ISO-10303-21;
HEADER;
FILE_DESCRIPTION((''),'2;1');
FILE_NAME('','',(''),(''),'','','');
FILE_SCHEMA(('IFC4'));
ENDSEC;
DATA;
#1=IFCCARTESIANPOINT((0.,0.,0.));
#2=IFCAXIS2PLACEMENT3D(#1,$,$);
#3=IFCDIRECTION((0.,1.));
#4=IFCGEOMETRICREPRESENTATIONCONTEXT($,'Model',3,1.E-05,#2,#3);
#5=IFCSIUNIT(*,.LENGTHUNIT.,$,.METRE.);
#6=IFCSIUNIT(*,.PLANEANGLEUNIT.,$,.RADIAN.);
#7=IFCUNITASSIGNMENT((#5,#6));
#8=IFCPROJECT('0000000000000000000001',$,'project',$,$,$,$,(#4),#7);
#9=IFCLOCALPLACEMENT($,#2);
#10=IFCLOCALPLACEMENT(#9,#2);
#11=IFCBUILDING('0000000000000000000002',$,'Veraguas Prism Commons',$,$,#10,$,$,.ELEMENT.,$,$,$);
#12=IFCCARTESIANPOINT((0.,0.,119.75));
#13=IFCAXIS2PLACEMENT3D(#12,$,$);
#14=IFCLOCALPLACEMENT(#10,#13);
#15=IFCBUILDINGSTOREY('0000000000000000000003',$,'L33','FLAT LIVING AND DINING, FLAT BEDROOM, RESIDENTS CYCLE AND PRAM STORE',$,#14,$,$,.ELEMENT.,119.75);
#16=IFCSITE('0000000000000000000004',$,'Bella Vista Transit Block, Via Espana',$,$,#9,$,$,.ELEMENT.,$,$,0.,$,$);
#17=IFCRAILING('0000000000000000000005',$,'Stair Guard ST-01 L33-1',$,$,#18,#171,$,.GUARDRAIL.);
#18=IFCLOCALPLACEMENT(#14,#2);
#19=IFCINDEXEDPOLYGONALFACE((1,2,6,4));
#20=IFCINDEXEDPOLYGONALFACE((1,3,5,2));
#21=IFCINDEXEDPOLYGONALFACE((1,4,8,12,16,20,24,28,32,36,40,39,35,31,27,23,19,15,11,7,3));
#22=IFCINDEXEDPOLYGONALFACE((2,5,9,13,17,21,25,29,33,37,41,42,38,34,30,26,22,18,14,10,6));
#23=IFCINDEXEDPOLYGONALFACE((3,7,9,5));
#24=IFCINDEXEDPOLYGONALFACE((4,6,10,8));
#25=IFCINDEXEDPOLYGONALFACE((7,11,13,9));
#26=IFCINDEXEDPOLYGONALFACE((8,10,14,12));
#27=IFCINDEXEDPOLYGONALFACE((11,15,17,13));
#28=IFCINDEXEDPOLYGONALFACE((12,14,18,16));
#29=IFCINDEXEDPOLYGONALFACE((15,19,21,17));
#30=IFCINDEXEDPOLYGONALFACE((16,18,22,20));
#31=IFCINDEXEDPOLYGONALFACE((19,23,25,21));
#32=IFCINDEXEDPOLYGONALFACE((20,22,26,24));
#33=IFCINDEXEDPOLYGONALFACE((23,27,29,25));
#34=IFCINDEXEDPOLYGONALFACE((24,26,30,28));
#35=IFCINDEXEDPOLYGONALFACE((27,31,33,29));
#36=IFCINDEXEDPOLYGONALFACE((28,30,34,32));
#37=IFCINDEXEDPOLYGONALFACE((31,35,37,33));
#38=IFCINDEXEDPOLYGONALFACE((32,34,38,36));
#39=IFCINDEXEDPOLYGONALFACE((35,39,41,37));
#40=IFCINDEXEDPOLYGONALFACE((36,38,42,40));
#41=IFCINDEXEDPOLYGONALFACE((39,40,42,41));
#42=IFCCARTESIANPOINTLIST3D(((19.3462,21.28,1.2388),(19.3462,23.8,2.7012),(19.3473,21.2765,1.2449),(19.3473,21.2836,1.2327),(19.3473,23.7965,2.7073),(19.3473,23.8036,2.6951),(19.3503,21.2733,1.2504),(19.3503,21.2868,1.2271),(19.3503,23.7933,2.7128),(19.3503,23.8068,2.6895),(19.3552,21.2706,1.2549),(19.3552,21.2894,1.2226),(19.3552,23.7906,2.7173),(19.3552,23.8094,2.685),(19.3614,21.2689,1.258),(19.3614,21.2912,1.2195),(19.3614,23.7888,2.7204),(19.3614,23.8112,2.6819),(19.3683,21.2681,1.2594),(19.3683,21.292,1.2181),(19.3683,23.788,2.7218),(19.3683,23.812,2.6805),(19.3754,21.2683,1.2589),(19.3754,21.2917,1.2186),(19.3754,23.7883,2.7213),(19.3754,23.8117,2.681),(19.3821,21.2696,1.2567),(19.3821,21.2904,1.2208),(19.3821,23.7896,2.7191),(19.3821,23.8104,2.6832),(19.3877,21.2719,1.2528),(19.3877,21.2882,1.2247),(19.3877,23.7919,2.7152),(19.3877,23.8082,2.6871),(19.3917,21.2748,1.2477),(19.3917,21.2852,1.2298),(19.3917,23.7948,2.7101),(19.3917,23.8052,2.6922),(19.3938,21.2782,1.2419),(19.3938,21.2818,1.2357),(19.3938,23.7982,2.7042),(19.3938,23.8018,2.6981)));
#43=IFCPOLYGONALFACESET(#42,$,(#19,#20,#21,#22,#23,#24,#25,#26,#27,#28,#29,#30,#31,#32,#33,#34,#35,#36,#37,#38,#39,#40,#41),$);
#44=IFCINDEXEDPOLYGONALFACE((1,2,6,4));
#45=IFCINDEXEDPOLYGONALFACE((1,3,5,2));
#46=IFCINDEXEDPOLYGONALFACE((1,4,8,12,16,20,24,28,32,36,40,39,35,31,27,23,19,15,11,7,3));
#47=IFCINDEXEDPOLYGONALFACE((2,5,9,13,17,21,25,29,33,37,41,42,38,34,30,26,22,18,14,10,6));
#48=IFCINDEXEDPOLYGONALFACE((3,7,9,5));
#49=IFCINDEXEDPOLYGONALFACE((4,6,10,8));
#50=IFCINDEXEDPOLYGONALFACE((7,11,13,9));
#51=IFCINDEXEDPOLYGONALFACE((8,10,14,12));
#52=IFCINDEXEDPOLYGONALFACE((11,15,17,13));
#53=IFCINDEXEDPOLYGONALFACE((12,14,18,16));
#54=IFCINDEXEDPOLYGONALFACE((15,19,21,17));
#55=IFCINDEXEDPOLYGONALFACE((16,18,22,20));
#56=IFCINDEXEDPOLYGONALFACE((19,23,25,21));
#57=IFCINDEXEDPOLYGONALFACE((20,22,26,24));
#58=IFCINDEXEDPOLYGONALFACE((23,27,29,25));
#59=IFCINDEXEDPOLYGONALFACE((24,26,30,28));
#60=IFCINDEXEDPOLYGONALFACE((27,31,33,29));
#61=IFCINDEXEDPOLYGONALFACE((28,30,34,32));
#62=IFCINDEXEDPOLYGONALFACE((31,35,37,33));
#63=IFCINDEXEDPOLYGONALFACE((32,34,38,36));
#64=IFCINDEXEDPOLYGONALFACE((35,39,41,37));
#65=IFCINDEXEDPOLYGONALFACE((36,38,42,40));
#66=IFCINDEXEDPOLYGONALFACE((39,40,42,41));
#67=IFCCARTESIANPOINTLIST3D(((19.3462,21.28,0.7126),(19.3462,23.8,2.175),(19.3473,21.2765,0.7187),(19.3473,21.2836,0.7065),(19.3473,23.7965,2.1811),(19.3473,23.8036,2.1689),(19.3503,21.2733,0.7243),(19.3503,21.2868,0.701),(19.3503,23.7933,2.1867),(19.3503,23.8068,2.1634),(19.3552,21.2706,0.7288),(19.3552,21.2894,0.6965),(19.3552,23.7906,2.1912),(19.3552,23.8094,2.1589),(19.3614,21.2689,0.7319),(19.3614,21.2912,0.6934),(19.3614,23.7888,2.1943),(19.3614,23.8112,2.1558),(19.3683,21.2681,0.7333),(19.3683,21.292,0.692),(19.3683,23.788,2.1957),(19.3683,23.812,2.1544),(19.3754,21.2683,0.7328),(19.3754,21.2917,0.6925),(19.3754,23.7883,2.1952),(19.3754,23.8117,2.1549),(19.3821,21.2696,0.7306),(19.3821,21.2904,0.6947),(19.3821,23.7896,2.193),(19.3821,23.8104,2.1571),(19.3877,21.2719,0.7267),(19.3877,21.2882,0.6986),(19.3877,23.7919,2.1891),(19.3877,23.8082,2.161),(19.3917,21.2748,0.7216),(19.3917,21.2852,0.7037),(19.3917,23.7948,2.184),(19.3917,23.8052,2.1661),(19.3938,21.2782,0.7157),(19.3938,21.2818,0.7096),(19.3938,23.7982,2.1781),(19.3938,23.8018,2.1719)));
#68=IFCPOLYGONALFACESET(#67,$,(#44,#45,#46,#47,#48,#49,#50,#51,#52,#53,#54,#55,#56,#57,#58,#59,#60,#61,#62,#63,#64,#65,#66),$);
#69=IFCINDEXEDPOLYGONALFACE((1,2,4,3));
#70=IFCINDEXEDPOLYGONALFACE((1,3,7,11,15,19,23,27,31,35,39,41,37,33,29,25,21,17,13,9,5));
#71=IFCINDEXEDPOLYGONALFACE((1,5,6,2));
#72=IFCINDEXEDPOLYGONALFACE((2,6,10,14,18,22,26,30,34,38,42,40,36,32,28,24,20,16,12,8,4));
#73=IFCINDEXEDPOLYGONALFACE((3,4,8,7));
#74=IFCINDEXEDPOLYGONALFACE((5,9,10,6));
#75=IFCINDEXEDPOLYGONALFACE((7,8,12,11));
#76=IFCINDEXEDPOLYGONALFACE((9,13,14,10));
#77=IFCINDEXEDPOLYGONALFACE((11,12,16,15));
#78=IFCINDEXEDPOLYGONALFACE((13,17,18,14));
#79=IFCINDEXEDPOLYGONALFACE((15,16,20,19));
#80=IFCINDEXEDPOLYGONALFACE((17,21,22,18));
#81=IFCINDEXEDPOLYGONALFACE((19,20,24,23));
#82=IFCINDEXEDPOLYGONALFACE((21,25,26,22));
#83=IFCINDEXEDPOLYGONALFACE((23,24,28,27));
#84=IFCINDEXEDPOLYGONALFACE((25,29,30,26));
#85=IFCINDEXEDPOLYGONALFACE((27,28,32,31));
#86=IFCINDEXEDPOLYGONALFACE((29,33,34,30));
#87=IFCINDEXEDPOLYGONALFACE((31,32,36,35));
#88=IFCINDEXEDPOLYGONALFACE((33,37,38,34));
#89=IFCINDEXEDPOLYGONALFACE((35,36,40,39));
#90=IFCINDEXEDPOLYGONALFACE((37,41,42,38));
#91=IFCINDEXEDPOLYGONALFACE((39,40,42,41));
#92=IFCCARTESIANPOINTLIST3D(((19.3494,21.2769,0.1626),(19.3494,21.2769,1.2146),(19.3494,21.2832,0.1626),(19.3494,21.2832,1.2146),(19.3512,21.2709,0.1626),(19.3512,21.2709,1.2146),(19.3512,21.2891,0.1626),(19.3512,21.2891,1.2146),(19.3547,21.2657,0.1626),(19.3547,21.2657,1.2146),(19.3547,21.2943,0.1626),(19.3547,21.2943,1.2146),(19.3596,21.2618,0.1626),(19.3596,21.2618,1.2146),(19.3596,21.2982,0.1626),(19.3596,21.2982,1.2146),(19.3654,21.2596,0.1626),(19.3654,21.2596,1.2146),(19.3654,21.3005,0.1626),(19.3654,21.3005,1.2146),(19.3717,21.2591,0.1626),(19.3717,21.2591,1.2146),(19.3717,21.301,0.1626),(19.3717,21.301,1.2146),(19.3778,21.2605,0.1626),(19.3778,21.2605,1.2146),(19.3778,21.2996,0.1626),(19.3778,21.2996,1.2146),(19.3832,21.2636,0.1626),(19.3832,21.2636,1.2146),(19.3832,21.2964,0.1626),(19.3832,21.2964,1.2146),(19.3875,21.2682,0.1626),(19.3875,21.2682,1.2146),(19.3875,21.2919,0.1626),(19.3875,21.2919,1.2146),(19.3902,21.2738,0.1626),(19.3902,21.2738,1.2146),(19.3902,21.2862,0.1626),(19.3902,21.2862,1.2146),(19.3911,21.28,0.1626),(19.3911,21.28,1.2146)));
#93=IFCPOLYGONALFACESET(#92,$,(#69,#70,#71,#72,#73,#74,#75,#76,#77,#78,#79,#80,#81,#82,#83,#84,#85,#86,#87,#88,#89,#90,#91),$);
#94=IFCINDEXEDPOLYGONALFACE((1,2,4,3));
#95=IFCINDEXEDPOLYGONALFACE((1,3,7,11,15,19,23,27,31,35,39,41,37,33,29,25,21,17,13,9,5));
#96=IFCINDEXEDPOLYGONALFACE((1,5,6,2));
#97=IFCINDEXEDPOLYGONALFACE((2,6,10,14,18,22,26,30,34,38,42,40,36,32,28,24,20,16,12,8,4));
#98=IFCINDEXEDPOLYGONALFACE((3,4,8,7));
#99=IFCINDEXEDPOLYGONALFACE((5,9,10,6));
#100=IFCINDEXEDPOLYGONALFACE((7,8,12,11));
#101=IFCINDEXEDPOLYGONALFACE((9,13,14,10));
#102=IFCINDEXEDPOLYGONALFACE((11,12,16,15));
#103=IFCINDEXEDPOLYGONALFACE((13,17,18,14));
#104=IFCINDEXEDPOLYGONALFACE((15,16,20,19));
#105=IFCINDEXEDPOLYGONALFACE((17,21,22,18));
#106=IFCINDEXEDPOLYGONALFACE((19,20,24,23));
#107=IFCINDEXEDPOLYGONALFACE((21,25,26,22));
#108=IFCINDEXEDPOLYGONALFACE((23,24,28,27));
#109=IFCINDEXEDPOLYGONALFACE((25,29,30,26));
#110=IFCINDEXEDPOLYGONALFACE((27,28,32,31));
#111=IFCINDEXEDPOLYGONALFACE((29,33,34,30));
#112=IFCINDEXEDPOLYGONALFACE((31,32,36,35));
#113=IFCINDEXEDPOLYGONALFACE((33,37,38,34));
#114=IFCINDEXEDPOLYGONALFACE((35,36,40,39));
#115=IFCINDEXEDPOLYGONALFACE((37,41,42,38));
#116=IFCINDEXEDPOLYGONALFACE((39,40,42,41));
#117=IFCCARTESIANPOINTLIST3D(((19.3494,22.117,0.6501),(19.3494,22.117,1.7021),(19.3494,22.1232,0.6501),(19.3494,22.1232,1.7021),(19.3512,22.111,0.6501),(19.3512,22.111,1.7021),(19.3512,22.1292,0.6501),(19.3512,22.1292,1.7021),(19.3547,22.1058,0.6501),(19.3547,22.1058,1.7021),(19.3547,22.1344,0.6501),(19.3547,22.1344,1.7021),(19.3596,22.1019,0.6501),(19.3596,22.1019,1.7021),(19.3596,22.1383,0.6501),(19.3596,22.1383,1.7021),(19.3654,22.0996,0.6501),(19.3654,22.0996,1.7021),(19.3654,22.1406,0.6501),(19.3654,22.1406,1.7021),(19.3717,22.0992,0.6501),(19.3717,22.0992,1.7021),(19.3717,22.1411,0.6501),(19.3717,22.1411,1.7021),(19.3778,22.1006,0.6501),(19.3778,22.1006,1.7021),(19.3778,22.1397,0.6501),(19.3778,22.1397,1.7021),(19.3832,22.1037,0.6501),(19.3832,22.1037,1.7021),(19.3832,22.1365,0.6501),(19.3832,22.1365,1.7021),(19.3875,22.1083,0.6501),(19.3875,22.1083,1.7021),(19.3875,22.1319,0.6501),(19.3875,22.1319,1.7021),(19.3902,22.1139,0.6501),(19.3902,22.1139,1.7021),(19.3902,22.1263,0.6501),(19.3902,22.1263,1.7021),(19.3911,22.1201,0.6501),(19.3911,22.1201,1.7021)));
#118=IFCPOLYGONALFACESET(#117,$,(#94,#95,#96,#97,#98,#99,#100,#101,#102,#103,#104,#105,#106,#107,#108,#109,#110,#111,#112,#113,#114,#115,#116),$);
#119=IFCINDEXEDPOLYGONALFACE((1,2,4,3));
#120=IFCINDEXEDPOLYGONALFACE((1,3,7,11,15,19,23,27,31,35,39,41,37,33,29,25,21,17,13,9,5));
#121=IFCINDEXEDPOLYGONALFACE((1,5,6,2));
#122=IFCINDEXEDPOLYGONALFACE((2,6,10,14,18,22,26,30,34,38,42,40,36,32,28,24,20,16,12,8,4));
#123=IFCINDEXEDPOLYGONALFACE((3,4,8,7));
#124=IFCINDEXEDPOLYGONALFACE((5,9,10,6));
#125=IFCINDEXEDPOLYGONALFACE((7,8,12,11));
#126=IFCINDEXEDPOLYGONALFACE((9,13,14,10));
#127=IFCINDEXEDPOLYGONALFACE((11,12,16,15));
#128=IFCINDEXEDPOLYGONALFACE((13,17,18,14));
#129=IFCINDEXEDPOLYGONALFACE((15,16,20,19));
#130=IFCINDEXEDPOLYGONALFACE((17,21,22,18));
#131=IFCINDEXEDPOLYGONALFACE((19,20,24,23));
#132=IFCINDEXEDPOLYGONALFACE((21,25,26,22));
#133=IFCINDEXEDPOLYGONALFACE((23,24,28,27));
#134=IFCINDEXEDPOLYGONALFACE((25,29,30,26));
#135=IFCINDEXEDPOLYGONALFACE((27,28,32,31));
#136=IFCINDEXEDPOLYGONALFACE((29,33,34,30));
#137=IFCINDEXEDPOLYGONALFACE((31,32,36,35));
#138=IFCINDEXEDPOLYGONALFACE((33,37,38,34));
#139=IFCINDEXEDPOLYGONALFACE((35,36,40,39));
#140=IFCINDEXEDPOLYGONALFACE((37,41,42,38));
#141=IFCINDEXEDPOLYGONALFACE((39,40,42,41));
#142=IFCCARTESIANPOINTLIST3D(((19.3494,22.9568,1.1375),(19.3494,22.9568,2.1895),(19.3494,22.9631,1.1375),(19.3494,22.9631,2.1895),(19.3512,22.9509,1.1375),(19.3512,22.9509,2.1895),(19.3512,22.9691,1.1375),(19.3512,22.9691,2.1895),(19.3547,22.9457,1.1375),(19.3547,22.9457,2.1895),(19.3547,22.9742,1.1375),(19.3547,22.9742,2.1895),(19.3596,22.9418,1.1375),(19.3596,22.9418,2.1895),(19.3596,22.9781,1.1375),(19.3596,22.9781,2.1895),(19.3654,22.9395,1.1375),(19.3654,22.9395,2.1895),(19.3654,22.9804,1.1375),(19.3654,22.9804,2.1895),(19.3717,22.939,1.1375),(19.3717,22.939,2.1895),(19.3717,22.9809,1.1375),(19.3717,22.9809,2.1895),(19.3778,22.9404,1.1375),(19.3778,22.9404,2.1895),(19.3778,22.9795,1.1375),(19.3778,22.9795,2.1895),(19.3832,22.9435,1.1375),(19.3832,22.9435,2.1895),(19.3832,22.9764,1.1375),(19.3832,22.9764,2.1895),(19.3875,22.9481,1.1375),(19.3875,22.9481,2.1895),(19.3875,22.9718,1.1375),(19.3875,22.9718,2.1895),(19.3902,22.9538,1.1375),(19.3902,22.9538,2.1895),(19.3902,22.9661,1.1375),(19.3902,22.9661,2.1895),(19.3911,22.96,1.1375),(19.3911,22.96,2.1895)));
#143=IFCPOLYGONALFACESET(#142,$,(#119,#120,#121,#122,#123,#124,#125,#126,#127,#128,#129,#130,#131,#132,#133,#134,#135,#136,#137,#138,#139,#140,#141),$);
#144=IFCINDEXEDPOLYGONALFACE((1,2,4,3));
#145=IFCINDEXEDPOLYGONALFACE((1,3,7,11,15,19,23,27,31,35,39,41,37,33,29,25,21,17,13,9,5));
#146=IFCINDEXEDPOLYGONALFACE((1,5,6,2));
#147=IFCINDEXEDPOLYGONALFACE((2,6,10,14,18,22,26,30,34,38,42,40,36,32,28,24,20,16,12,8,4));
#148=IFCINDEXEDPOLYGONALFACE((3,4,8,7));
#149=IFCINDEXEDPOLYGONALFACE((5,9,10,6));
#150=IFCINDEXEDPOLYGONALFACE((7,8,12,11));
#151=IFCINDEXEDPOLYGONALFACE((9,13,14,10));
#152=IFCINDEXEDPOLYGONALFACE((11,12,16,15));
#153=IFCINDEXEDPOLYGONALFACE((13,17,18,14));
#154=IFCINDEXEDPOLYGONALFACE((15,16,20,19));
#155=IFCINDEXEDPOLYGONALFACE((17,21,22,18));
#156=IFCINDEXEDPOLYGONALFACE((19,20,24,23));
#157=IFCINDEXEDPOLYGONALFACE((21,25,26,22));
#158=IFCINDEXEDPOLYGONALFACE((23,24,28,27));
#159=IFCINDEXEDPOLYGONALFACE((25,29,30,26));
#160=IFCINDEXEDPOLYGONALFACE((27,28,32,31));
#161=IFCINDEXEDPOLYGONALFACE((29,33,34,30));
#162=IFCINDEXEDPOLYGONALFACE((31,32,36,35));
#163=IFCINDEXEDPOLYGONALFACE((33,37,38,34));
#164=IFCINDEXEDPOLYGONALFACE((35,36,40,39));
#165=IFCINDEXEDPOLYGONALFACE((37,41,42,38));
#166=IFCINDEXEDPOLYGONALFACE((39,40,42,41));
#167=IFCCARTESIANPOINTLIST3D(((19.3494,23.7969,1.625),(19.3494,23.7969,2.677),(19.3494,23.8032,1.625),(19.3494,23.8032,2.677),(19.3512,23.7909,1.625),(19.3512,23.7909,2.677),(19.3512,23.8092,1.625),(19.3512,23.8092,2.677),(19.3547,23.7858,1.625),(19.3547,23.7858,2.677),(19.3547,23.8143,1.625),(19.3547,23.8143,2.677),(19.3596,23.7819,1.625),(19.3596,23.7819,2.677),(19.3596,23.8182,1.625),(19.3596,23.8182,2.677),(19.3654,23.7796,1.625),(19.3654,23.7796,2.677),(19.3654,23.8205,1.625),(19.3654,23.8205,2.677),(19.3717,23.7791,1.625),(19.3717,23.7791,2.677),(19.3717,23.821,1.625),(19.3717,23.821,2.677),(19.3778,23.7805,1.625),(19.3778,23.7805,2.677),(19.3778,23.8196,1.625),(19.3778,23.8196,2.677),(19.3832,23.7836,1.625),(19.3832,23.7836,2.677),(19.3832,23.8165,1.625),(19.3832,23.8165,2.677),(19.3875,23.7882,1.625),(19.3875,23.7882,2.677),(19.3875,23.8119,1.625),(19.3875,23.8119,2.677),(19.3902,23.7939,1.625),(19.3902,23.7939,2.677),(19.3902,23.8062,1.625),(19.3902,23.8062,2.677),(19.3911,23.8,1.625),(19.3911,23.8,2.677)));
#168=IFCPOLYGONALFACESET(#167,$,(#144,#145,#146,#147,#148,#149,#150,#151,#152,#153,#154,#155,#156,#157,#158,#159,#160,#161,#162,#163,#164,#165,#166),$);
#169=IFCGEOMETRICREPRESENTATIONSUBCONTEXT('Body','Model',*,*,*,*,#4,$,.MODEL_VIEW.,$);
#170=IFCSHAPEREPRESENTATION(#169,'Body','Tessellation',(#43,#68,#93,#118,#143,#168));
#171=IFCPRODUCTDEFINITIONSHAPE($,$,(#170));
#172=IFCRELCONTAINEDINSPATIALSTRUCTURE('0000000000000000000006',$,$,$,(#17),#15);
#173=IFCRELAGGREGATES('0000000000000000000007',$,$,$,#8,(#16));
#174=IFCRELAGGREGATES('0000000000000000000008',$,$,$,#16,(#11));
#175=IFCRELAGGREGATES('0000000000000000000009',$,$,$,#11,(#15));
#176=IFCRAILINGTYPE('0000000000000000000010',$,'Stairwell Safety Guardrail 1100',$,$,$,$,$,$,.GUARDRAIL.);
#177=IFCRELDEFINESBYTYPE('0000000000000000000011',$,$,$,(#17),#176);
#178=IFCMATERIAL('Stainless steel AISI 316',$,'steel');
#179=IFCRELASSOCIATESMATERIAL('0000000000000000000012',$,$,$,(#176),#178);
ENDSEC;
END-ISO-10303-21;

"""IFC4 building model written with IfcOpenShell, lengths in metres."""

from ifc_helpers import new_model, si_unit, direction, frame, origin, origin_2d, place, context, subcontext, project, spatial, circle, extrude, material, type_object, element, save


model = new_model("IFC4")

# Units and contexts
model_context = context("Model", 3, precision=1e-05, world=origin(), true_north=direction((0.0, 1.0)))
body_context = subcontext(model_context, "Body", "Model", "MODEL_VIEW")
ifc_project = project(units=[si_unit("LENGTHUNIT", "METRE"), si_unit("PLANEANGLEUNIT", "RADIAN")], contexts=[model_context])

# Site, building, storey
site_placement = place(None, origin())
site = spatial("IfcSite", under=ifc_project, at=site_placement, Name="Bella Vista Transit Block, Via Espana", CompositionType="ELEMENT", RefElevation=0.0)
building_placement = place(site_placement, origin())
building = spatial("IfcBuilding", under=site, at=building_placement, Name="Veraguas Prism Commons", CompositionType="ELEMENT")
storey_placement = place(building_placement, frame((0.0, 0.0, 119.75)))
storey = spatial("IfcBuildingStorey", under=building, at=storey_placement, Name="L33", Description="FLAT LIVING AND DINING, FLAT BEDROOM, RESIDENTS CYCLE AND PRAM STORE", CompositionType="ELEMENT", Elevation=119.75)

# Railing
ifc_material_1 = material(Name="Stainless steel AISI 316", Category="steel")
railing_type_1 = type_object("IfcRailingType", Name="Stairwell Safety Guardrail 1100", PredefinedType="GUARDRAIL", material=ifc_material_1)
railing_1_placement = place(storey_placement, frame((19.3701, 21.28, 0.1626)))
element("IfcRailing", 1, at=railing_1_placement, inside=storey, type_object=railing_type_1, Name="Stair Guard ST-01 L33-1", PredefinedType="GUARDRAIL", context=body_context, shape_type="SweptSolid", body=[
    extrude(circle(Radius=0.0239, at=origin_2d()), frame((0.0, 0.0, 1.0762), z_axis=(0.0, 0.864913, 0.501921), x_axis=(-1.0, 0.0, 0.0)), (0.0, 0.0, 1.0), 2.9136),
    extrude(circle(Radius=0.0239, at=origin_2d()), frame((0.0, 0.0, 0.55), z_axis=(0.0, 0.864913, 0.501921), x_axis=(-1.0, 0.0, 0.0)), (0.0, 0.0, 1.0), 2.9136),
    extrude(circle(Radius=0.021, at=origin_2d()), origin(), (0.0, 0.0, 1.0), 1.052),
    extrude(circle(Radius=0.021, at=origin_2d()), frame((0.0, 0.8401, 0.4875)), (0.0, 0.0, 1.0), 1.052),
    extrude(circle(Radius=0.021, at=origin_2d()), frame((0.0, 1.6799, 0.9749)), (0.0, 0.0, 1.0), 1.052),
    extrude(circle(Radius=0.021, at=origin_2d()), frame((0.0, 2.52, 1.4624)), (0.0, 0.0, 1.0), 1.052),
])

save(model, "model.ifc")
